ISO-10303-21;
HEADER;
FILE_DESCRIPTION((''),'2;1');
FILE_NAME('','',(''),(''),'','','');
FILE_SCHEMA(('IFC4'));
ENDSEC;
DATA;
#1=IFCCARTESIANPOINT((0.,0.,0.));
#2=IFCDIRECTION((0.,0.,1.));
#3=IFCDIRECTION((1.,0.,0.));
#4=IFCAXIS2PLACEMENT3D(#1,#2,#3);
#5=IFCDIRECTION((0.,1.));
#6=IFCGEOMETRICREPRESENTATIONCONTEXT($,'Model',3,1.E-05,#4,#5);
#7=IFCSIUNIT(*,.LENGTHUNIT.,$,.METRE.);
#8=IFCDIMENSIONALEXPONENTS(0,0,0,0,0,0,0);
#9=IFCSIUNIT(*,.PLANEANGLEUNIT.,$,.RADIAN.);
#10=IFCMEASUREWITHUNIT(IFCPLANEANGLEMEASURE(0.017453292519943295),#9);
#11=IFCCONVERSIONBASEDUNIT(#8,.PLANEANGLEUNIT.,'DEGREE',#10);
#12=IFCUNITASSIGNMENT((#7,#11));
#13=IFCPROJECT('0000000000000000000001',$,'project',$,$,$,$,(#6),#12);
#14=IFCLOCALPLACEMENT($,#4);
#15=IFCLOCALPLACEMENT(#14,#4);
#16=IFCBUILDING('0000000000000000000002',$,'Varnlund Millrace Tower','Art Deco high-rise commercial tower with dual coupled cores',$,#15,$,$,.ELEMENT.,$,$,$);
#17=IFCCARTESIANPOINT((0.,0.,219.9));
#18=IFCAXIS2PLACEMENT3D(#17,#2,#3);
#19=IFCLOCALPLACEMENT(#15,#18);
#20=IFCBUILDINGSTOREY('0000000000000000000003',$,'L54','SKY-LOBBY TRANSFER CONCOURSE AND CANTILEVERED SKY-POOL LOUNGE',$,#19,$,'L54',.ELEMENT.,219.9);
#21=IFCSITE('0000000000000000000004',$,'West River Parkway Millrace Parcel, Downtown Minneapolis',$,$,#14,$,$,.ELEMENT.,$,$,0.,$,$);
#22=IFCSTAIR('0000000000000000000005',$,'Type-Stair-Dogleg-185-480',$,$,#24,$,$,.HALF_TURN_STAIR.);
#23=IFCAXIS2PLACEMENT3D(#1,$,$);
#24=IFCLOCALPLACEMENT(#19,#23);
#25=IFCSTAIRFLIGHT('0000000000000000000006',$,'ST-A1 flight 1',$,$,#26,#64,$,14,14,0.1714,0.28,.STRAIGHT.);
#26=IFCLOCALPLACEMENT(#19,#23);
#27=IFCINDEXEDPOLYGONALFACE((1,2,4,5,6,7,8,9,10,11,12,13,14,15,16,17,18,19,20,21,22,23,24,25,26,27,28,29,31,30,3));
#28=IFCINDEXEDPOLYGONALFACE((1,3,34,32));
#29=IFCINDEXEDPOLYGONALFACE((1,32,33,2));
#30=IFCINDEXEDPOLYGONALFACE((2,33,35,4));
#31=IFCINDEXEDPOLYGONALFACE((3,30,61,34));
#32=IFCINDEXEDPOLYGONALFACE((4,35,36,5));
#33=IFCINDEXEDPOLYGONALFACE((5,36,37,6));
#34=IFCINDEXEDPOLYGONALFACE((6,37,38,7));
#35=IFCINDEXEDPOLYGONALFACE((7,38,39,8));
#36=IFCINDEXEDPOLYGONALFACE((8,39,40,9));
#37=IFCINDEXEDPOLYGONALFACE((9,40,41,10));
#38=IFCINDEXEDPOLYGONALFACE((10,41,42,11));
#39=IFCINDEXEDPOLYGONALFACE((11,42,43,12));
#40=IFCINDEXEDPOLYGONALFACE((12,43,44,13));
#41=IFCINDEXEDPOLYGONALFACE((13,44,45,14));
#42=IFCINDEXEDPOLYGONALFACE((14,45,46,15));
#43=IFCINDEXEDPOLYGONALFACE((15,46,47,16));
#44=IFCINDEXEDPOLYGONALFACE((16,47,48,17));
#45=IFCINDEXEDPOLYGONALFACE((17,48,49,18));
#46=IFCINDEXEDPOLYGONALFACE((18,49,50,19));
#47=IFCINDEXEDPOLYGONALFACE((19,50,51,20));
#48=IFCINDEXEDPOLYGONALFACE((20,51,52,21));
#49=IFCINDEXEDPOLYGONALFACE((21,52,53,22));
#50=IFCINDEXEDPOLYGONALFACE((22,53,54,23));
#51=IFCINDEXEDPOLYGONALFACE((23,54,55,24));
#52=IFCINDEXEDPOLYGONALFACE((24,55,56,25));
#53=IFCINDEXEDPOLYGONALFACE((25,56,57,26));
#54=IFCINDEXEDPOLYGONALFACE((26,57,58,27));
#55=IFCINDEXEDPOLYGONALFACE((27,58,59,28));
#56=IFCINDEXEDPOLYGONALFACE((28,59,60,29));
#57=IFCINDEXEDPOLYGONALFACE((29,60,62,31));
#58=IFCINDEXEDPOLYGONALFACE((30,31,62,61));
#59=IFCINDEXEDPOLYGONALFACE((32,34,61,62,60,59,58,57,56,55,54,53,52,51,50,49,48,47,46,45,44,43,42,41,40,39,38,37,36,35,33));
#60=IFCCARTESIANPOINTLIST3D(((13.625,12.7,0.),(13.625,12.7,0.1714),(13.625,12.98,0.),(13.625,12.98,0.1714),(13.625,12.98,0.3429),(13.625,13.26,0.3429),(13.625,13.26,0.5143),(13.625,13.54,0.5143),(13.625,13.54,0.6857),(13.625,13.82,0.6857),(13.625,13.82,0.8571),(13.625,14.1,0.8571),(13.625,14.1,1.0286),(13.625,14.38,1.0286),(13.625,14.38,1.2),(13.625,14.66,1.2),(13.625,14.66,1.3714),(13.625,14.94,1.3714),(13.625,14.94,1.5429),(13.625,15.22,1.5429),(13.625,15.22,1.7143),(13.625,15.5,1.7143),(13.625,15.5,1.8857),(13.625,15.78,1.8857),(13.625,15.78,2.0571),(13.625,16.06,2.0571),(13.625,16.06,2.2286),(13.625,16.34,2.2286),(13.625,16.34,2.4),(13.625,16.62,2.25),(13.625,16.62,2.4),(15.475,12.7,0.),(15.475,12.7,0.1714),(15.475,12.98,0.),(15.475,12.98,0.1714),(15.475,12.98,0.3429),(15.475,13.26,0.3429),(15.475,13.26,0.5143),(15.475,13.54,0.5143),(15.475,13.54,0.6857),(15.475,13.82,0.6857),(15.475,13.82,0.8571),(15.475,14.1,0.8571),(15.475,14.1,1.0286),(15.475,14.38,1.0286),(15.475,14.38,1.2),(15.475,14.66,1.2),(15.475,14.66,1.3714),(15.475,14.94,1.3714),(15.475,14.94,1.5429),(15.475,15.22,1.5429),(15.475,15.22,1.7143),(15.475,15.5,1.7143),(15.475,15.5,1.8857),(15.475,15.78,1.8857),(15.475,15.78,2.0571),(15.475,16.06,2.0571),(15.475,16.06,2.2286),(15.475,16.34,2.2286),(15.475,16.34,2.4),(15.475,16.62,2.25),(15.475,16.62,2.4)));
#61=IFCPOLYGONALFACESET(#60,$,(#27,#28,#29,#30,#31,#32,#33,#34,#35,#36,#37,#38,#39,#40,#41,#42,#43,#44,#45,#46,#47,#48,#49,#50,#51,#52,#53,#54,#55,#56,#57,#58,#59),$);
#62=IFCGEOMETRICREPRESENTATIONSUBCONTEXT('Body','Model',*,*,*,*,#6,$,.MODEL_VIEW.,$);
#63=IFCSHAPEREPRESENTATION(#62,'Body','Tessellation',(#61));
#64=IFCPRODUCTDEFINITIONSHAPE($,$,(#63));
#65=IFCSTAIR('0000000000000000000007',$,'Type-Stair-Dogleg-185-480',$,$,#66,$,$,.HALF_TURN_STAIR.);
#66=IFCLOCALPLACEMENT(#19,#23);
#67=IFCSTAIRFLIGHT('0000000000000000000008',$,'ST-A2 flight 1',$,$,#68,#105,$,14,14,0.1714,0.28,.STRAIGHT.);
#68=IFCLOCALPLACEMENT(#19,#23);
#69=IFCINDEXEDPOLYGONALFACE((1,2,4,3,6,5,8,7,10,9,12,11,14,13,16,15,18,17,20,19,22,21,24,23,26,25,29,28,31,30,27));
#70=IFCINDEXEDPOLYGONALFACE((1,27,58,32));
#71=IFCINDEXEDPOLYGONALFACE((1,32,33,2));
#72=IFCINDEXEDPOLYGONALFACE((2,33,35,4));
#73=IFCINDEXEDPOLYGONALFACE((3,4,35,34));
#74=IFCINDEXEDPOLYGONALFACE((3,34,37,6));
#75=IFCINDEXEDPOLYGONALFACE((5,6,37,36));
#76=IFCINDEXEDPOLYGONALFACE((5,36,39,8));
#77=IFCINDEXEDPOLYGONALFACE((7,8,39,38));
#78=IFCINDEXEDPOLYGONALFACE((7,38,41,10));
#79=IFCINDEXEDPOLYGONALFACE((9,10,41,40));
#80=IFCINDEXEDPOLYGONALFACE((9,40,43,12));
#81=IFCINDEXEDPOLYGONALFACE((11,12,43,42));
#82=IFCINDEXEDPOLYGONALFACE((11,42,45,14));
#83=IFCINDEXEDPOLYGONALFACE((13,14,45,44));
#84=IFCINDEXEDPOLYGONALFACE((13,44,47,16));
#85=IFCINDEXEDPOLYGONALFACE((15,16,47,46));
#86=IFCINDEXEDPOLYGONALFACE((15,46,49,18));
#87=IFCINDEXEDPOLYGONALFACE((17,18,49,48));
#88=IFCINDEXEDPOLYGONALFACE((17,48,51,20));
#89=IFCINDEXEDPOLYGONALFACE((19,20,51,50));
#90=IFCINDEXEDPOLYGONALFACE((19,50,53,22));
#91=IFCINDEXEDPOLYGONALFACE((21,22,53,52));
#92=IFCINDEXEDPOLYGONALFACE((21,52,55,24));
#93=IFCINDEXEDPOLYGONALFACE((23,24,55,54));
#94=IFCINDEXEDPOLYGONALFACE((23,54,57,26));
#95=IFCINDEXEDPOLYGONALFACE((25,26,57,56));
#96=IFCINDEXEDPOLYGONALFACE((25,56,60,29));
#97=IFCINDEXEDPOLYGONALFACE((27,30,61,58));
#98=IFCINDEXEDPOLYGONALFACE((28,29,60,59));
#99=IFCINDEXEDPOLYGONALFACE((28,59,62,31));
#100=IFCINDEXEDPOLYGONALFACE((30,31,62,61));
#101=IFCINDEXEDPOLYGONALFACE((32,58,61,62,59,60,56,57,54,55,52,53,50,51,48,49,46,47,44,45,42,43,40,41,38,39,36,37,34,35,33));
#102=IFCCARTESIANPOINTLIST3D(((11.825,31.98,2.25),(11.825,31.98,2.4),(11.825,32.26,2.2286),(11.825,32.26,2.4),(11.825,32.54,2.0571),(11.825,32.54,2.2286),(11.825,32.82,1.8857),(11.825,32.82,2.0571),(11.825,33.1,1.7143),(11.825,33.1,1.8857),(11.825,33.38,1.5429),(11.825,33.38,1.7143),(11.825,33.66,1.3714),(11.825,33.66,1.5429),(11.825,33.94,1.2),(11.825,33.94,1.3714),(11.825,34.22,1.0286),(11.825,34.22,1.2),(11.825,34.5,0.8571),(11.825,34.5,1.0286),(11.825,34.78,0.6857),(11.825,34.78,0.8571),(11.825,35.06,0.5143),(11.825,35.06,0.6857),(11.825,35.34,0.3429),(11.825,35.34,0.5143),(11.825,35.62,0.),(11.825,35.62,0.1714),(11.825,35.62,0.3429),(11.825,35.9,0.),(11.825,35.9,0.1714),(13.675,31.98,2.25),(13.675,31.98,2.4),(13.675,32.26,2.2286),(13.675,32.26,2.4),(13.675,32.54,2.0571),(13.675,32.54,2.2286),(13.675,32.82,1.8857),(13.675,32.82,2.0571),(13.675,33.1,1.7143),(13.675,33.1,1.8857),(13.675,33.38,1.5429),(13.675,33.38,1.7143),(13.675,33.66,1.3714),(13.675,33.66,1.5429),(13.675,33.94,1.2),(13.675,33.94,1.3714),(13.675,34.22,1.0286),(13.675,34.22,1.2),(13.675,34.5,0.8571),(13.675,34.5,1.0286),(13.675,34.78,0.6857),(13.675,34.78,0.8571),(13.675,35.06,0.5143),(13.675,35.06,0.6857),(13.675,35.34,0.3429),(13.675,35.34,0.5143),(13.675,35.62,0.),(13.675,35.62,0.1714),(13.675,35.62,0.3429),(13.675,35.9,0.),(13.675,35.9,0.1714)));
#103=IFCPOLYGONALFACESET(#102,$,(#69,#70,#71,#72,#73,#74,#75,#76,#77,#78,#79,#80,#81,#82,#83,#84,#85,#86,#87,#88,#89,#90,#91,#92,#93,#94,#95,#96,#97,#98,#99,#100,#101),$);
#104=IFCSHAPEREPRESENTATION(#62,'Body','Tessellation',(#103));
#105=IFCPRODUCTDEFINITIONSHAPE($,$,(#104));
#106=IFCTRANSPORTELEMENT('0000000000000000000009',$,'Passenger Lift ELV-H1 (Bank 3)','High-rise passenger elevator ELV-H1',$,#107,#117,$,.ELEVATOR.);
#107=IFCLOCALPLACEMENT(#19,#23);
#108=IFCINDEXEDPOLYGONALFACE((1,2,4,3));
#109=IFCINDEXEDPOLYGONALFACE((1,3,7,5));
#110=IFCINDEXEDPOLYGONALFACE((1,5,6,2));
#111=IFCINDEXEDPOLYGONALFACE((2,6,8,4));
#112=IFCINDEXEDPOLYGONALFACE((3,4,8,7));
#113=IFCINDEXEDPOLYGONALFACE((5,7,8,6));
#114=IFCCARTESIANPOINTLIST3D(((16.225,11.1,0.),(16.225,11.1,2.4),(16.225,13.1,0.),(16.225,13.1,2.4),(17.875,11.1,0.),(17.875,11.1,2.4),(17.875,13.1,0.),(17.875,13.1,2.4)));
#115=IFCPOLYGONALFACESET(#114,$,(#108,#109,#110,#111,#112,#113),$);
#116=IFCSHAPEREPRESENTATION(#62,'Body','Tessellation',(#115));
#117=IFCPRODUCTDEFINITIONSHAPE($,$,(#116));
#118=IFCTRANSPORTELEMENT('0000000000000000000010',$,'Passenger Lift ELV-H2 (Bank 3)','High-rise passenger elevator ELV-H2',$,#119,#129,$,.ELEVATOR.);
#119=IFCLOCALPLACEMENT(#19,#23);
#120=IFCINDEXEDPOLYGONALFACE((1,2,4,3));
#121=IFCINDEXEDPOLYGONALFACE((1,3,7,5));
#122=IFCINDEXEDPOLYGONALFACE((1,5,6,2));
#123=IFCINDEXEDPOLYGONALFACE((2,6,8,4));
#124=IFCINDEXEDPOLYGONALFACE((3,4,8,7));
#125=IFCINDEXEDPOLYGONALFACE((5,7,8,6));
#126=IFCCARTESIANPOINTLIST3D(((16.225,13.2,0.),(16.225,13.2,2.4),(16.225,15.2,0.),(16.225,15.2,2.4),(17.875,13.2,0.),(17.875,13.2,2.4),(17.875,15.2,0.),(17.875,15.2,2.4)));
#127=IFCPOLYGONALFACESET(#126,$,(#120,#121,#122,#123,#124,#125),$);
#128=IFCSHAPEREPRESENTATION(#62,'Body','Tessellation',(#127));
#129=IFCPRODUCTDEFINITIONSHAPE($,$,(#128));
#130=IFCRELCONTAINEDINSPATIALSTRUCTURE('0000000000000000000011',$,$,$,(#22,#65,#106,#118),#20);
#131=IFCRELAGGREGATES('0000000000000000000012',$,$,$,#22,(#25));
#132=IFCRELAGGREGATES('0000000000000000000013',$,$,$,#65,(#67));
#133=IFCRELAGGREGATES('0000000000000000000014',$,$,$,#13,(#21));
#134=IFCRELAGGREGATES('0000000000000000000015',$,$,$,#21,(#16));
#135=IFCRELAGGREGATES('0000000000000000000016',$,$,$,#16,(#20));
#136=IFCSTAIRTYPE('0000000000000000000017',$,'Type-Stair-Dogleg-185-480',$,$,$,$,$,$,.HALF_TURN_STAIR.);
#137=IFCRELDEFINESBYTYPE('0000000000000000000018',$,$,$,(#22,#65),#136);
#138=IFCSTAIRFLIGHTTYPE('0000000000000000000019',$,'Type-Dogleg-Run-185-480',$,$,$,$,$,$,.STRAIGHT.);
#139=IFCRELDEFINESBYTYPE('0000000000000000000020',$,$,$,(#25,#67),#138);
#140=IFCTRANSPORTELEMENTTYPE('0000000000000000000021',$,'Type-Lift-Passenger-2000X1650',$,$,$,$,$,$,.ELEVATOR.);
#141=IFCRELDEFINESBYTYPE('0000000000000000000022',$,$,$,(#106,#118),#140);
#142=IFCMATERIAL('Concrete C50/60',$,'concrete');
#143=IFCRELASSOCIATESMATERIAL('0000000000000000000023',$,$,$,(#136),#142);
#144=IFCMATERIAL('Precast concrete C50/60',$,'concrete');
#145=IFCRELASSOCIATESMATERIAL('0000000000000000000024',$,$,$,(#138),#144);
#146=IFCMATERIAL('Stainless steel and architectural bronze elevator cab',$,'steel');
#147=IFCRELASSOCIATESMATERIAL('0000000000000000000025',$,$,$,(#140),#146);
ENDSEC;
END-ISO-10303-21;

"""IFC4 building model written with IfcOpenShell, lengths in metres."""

from ifc_helpers import new_model, entity, si_unit, converted_unit, direction, frame, origin_with_axes, origin_2d_with_axis, place, context, subcontext, project, spatial, polyline, rectangle, outline, extrude, material, type_object, element, aggregate, save


model = new_model("IFC4")

# Units and contexts
model_context = context("Model", 3, precision=1e-05, world=origin_with_axes(), true_north=direction((0.0, 1.0)))
body_context = subcontext(model_context, "Body", "Model", "MODEL_VIEW")
ifc_project = project(units=[si_unit("LENGTHUNIT", "METRE"), converted_unit("PLANEANGLEUNIT", "DEGREE", entity("IfcPlaneAngleMeasure", 0.017453292519943295), si_unit("PLANEANGLEUNIT", "RADIAN"), dimensions=[0, 0, 0, 0, 0, 0, 0])], contexts=[model_context])

# Site, building, storey
site_placement = place(None, origin_with_axes())
site = spatial("IfcSite", under=ifc_project, at=site_placement, Name="West River Parkway Millrace Parcel, Downtown Minneapolis", CompositionType="ELEMENT", RefElevation=0.0)
building_placement = place(site_placement, origin_with_axes())
building = spatial("IfcBuilding", under=site, at=building_placement, Name="Varnlund Millrace Tower", Description="Art Deco high-rise commercial tower with dual coupled cores", CompositionType="ELEMENT")
storey_placement = place(building_placement, frame((0.0, 0.0, 219.9), z_axis=(0.0, 0.0, 1.0), x_axis=(1.0, 0.0, 0.0)))
storey = spatial("IfcBuildingStorey", under=building, at=storey_placement, Name="L54", Description="SKY-LOBBY TRANSFER CONCOURSE AND CANTILEVERED SKY-POOL LOUNGE", LongName="L54", CompositionType="ELEMENT", Elevation=219.9)

# Stairs, stair flights
ifc_material_1 = material(Name="Concrete C50/60", Category="concrete")
stair_type = type_object("IfcStairType", Name="Type-Stair-Dogleg-185-480", PredefinedType="HALF_TURN_STAIR", material=ifc_material_1)
stair_1_placement = place(storey_placement, origin_with_axes())
stair_1 = element("IfcStair", 1, at=stair_1_placement, inside=storey, type_object=stair_type, Name="Type-Stair-Dogleg-185-480", PredefinedType="HALF_TURN_STAIR")
ifc_material_2 = material(Name="Precast concrete C50/60", Category="concrete")
stair_flight_type = type_object("IfcStairFlightType", Name="Type-Dogleg-Run-185-480", PredefinedType="STRAIGHT", material=ifc_material_2)
stair_flight_1_placement = place(storey_placement, frame((13.625, 12.7, 0.0), z_axis=(1.0, 0.0, 0.0), x_axis=(0.0, 1.0, 0.0)))
stair_flight_1 = element("IfcStairFlight", 2, at=stair_flight_1_placement, type_object=stair_flight_type, Name="ST-A1 flight 1", NumberOfRisers=14, NumberOfTreads=14, PredefinedType="STRAIGHT", RiserHeight=0.1714, TreadLength=0.28, context=body_context, shape_type="SweptSolid", body=[
    extrude(outline(polyline([(0.0, 0.0), (0.0, 0.1714), (0.28, 0.1714), (0.28, 0.3429), (0.56, 0.3429), (0.56, 0.5143), (0.84, 0.5143), (0.84, 0.6857), (1.12, 0.6857), (1.12, 0.8571), (1.4, 0.8571), (1.4, 1.0286), (1.68, 1.0286), (1.68, 1.2), (1.96, 1.2), (1.96, 1.3714), (2.24, 1.3714), (2.24, 1.5429), (2.52, 1.5429), (2.52, 1.7143), (2.8, 1.7143), (2.8, 1.8857), (3.08, 1.8857), (3.08, 2.0571), (3.36, 2.0571), (3.36, 2.2286), (3.64, 2.2286), (3.64, 2.4), (3.92, 2.4), (3.92, 2.25), (0.28, 0.0), (0.0, 0.0)])), origin_with_axes(), (0.0, 0.0, 1.0), 1.85),
])
aggregate(stair_1, [stair_flight_1])
stair_2_placement = place(storey_placement, origin_with_axes())
stair_2 = element("IfcStair", 3, at=stair_2_placement, inside=storey, type_object=stair_type, Name="Type-Stair-Dogleg-185-480", PredefinedType="HALF_TURN_STAIR")
stair_flight_2_placement = place(storey_placement, frame((13.675, 35.9, 0.0), z_axis=(-1.0, 0.0, 0.0), x_axis=(0.0, -1.0, 0.0)))
stair_flight_2 = element("IfcStairFlight", 4, at=stair_flight_2_placement, type_object=stair_flight_type, Name="ST-A2 flight 1", NumberOfRisers=14, NumberOfTreads=14, PredefinedType="STRAIGHT", RiserHeight=0.1714, TreadLength=0.28, context=body_context, shape_type="SweptSolid", body=[
    extrude(outline(polyline([(0.0, 0.0), (0.0, 0.1714), (0.28, 0.1714), (0.28, 0.3429), (0.56, 0.3429), (0.56, 0.5143), (0.84, 0.5143), (0.84, 0.6857), (1.12, 0.6857), (1.12, 0.8571), (1.4, 0.8571), (1.4, 1.0286), (1.68, 1.0286), (1.68, 1.2), (1.96, 1.2), (1.96, 1.3714), (2.24, 1.3714), (2.24, 1.5429), (2.52, 1.5429), (2.52, 1.7143), (2.8, 1.7143), (2.8, 1.8857), (3.08, 1.8857), (3.08, 2.0571), (3.36, 2.0571), (3.36, 2.2286), (3.64, 2.2286), (3.64, 2.4), (3.92, 2.4), (3.92, 2.25), (0.28, 0.0), (0.0, 0.0)])), origin_with_axes(), (0.0, 0.0, 1.0), 1.85),
])
aggregate(stair_2, [stair_flight_2])

# Transport elements
ifc_material_3 = material(Name="Stainless steel and architectural bronze elevator cab", Category="steel")
transport_element_type = type_object("IfcTransportElementType", Name="Type-Lift-Passenger-2000X1650", PredefinedType="ELEVATOR", material=ifc_material_3)
for number, where, z_axis, x_axis, name, description in (
    (5, (17.05, 12.1, 0.0), (0.0, 0.0, 1.0), (1.0, 0.0, 0.0), "Passenger Lift ELV-H1 (Bank 3)", "High-rise passenger elevator ELV-H1"),
    (6, (17.05, 14.2, 0.0), (0.0, 0.0, 1.0), (1.0, 0.0, 0.0), "Passenger Lift ELV-H2 (Bank 3)", "High-rise passenger elevator ELV-H2"),
):
    element("IfcTransportElement", number, at=place(storey_placement, frame(where, z_axis=z_axis, x_axis=x_axis)), inside=storey, type_object=transport_element_type, Name=name, Description=description, PredefinedType="ELEVATOR", context=body_context, shape_type="SweptSolid", body=[
        extrude(rectangle(XDim=1.65, YDim=2.0, at=origin_2d_with_axis()), origin_with_axes(), (0.0, 0.0, 1.0), 2.4),
    ])

save(model, "model.ifc")
